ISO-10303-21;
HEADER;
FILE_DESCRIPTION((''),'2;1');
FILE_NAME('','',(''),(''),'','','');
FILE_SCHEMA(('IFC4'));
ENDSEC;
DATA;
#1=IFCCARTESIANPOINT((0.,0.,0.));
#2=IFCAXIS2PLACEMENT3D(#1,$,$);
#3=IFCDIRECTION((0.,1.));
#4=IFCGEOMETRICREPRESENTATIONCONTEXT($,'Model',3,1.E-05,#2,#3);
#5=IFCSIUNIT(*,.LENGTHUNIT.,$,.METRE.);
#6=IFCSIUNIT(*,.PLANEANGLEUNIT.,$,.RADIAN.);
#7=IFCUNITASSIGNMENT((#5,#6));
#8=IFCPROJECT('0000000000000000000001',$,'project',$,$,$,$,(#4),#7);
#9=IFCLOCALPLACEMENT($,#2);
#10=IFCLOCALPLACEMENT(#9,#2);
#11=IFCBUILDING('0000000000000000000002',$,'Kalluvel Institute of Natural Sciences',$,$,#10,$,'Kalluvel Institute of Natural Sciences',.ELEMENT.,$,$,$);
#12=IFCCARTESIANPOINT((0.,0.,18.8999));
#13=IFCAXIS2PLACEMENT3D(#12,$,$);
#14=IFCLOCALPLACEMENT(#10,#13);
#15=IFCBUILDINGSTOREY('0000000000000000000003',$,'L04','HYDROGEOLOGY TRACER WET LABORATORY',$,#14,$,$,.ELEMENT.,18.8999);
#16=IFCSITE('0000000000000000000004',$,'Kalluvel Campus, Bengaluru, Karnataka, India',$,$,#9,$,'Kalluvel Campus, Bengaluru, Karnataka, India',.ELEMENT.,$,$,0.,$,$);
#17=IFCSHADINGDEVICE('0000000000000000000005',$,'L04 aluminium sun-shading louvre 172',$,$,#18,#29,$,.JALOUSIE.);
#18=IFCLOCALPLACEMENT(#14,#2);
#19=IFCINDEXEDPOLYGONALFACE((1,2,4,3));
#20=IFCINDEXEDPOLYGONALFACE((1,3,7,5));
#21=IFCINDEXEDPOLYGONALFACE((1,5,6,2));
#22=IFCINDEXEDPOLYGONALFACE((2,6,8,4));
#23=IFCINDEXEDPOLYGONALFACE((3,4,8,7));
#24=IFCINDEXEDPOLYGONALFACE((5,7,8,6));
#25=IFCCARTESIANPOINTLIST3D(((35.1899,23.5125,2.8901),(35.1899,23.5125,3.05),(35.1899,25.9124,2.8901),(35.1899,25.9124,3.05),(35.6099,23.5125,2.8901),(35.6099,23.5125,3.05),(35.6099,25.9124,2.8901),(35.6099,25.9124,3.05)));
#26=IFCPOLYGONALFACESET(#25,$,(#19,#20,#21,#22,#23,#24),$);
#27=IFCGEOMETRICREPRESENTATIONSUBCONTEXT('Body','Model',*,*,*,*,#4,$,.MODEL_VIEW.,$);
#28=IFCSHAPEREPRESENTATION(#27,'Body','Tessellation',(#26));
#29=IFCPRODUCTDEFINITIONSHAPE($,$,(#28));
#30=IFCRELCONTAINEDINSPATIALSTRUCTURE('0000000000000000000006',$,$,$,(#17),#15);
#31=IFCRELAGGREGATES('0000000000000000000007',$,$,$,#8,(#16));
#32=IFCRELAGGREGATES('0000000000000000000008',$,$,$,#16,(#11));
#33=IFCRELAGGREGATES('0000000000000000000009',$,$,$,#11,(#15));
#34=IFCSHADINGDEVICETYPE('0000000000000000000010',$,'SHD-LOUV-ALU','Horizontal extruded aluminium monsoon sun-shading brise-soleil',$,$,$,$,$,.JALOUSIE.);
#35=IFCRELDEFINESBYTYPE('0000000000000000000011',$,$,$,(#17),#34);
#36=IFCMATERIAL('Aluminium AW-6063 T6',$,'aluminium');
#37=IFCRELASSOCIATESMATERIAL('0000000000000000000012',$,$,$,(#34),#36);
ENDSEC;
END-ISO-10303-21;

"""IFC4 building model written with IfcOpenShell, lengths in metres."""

from ifc_helpers import new_model, si_unit, direction, frame, origin, origin_2d, place, context, subcontext, project, spatial, rectangle, extrude, material, type_object, element, save


model = new_model("IFC4")

# Units and contexts
model_context = context("Model", 3, precision=1e-05, world=origin(), true_north=direction((0.0, 1.0)))
body_context = subcontext(model_context, "Body", "Model", "MODEL_VIEW")
ifc_project = project(units=[si_unit("LENGTHUNIT", "METRE"), si_unit("PLANEANGLEUNIT", "RADIAN")], contexts=[model_context])

# Site, building, storey
site_placement = place(None, origin())
site = spatial("IfcSite", under=ifc_project, at=site_placement, Name="Kalluvel Campus, Bengaluru, Karnataka, India", LongName="Kalluvel Campus, Bengaluru, Karnataka, India", CompositionType="ELEMENT", RefElevation=0.0)
building_placement = place(site_placement, origin())
building = spatial("IfcBuilding", under=site, at=building_placement, Name="Kalluvel Institute of Natural Sciences", LongName="Kalluvel Institute of Natural Sciences", CompositionType="ELEMENT")
storey_placement = place(building_placement, frame((0.0, 0.0, 18.8999)))
storey = spatial("IfcBuildingStorey", under=building, at=storey_placement, Name="L04", Description="HYDROGEOLOGY TRACER WET LABORATORY", CompositionType="ELEMENT", Elevation=18.8999)

# Shared definitions
ifc_material_1 = material(Name="Aluminium AW-6063 T6", Category="aluminium")

# Shading device
shading_device_type_1 = type_object("IfcShadingDeviceType", Name="SHD-LOUV-ALU", Description="Horizontal extruded aluminium monsoon sun-shading brise-soleil", PredefinedType="JALOUSIE", material=ifc_material_1)
shading_device_placement = place(storey_placement, frame((35.3999, 24.7124, 2.8901), z_axis=(0.0, 0.0, 1.0), x_axis=(0.0, 1.0, 0.0)))
element("IfcShadingDevice", 1, at=shading_device_placement, inside=storey, type_object=shading_device_type_1, Name="L04 aluminium sun-shading louvre 172", PredefinedType="JALOUSIE", context=body_context, shape_type="SweptSolid", body=[
    extrude(rectangle(XDim=2.3999, YDim=0.4199, at=origin_2d()), origin(), (0.0, 0.0, 1.0), 0.1599),
])

save(model, "model.ifc")
